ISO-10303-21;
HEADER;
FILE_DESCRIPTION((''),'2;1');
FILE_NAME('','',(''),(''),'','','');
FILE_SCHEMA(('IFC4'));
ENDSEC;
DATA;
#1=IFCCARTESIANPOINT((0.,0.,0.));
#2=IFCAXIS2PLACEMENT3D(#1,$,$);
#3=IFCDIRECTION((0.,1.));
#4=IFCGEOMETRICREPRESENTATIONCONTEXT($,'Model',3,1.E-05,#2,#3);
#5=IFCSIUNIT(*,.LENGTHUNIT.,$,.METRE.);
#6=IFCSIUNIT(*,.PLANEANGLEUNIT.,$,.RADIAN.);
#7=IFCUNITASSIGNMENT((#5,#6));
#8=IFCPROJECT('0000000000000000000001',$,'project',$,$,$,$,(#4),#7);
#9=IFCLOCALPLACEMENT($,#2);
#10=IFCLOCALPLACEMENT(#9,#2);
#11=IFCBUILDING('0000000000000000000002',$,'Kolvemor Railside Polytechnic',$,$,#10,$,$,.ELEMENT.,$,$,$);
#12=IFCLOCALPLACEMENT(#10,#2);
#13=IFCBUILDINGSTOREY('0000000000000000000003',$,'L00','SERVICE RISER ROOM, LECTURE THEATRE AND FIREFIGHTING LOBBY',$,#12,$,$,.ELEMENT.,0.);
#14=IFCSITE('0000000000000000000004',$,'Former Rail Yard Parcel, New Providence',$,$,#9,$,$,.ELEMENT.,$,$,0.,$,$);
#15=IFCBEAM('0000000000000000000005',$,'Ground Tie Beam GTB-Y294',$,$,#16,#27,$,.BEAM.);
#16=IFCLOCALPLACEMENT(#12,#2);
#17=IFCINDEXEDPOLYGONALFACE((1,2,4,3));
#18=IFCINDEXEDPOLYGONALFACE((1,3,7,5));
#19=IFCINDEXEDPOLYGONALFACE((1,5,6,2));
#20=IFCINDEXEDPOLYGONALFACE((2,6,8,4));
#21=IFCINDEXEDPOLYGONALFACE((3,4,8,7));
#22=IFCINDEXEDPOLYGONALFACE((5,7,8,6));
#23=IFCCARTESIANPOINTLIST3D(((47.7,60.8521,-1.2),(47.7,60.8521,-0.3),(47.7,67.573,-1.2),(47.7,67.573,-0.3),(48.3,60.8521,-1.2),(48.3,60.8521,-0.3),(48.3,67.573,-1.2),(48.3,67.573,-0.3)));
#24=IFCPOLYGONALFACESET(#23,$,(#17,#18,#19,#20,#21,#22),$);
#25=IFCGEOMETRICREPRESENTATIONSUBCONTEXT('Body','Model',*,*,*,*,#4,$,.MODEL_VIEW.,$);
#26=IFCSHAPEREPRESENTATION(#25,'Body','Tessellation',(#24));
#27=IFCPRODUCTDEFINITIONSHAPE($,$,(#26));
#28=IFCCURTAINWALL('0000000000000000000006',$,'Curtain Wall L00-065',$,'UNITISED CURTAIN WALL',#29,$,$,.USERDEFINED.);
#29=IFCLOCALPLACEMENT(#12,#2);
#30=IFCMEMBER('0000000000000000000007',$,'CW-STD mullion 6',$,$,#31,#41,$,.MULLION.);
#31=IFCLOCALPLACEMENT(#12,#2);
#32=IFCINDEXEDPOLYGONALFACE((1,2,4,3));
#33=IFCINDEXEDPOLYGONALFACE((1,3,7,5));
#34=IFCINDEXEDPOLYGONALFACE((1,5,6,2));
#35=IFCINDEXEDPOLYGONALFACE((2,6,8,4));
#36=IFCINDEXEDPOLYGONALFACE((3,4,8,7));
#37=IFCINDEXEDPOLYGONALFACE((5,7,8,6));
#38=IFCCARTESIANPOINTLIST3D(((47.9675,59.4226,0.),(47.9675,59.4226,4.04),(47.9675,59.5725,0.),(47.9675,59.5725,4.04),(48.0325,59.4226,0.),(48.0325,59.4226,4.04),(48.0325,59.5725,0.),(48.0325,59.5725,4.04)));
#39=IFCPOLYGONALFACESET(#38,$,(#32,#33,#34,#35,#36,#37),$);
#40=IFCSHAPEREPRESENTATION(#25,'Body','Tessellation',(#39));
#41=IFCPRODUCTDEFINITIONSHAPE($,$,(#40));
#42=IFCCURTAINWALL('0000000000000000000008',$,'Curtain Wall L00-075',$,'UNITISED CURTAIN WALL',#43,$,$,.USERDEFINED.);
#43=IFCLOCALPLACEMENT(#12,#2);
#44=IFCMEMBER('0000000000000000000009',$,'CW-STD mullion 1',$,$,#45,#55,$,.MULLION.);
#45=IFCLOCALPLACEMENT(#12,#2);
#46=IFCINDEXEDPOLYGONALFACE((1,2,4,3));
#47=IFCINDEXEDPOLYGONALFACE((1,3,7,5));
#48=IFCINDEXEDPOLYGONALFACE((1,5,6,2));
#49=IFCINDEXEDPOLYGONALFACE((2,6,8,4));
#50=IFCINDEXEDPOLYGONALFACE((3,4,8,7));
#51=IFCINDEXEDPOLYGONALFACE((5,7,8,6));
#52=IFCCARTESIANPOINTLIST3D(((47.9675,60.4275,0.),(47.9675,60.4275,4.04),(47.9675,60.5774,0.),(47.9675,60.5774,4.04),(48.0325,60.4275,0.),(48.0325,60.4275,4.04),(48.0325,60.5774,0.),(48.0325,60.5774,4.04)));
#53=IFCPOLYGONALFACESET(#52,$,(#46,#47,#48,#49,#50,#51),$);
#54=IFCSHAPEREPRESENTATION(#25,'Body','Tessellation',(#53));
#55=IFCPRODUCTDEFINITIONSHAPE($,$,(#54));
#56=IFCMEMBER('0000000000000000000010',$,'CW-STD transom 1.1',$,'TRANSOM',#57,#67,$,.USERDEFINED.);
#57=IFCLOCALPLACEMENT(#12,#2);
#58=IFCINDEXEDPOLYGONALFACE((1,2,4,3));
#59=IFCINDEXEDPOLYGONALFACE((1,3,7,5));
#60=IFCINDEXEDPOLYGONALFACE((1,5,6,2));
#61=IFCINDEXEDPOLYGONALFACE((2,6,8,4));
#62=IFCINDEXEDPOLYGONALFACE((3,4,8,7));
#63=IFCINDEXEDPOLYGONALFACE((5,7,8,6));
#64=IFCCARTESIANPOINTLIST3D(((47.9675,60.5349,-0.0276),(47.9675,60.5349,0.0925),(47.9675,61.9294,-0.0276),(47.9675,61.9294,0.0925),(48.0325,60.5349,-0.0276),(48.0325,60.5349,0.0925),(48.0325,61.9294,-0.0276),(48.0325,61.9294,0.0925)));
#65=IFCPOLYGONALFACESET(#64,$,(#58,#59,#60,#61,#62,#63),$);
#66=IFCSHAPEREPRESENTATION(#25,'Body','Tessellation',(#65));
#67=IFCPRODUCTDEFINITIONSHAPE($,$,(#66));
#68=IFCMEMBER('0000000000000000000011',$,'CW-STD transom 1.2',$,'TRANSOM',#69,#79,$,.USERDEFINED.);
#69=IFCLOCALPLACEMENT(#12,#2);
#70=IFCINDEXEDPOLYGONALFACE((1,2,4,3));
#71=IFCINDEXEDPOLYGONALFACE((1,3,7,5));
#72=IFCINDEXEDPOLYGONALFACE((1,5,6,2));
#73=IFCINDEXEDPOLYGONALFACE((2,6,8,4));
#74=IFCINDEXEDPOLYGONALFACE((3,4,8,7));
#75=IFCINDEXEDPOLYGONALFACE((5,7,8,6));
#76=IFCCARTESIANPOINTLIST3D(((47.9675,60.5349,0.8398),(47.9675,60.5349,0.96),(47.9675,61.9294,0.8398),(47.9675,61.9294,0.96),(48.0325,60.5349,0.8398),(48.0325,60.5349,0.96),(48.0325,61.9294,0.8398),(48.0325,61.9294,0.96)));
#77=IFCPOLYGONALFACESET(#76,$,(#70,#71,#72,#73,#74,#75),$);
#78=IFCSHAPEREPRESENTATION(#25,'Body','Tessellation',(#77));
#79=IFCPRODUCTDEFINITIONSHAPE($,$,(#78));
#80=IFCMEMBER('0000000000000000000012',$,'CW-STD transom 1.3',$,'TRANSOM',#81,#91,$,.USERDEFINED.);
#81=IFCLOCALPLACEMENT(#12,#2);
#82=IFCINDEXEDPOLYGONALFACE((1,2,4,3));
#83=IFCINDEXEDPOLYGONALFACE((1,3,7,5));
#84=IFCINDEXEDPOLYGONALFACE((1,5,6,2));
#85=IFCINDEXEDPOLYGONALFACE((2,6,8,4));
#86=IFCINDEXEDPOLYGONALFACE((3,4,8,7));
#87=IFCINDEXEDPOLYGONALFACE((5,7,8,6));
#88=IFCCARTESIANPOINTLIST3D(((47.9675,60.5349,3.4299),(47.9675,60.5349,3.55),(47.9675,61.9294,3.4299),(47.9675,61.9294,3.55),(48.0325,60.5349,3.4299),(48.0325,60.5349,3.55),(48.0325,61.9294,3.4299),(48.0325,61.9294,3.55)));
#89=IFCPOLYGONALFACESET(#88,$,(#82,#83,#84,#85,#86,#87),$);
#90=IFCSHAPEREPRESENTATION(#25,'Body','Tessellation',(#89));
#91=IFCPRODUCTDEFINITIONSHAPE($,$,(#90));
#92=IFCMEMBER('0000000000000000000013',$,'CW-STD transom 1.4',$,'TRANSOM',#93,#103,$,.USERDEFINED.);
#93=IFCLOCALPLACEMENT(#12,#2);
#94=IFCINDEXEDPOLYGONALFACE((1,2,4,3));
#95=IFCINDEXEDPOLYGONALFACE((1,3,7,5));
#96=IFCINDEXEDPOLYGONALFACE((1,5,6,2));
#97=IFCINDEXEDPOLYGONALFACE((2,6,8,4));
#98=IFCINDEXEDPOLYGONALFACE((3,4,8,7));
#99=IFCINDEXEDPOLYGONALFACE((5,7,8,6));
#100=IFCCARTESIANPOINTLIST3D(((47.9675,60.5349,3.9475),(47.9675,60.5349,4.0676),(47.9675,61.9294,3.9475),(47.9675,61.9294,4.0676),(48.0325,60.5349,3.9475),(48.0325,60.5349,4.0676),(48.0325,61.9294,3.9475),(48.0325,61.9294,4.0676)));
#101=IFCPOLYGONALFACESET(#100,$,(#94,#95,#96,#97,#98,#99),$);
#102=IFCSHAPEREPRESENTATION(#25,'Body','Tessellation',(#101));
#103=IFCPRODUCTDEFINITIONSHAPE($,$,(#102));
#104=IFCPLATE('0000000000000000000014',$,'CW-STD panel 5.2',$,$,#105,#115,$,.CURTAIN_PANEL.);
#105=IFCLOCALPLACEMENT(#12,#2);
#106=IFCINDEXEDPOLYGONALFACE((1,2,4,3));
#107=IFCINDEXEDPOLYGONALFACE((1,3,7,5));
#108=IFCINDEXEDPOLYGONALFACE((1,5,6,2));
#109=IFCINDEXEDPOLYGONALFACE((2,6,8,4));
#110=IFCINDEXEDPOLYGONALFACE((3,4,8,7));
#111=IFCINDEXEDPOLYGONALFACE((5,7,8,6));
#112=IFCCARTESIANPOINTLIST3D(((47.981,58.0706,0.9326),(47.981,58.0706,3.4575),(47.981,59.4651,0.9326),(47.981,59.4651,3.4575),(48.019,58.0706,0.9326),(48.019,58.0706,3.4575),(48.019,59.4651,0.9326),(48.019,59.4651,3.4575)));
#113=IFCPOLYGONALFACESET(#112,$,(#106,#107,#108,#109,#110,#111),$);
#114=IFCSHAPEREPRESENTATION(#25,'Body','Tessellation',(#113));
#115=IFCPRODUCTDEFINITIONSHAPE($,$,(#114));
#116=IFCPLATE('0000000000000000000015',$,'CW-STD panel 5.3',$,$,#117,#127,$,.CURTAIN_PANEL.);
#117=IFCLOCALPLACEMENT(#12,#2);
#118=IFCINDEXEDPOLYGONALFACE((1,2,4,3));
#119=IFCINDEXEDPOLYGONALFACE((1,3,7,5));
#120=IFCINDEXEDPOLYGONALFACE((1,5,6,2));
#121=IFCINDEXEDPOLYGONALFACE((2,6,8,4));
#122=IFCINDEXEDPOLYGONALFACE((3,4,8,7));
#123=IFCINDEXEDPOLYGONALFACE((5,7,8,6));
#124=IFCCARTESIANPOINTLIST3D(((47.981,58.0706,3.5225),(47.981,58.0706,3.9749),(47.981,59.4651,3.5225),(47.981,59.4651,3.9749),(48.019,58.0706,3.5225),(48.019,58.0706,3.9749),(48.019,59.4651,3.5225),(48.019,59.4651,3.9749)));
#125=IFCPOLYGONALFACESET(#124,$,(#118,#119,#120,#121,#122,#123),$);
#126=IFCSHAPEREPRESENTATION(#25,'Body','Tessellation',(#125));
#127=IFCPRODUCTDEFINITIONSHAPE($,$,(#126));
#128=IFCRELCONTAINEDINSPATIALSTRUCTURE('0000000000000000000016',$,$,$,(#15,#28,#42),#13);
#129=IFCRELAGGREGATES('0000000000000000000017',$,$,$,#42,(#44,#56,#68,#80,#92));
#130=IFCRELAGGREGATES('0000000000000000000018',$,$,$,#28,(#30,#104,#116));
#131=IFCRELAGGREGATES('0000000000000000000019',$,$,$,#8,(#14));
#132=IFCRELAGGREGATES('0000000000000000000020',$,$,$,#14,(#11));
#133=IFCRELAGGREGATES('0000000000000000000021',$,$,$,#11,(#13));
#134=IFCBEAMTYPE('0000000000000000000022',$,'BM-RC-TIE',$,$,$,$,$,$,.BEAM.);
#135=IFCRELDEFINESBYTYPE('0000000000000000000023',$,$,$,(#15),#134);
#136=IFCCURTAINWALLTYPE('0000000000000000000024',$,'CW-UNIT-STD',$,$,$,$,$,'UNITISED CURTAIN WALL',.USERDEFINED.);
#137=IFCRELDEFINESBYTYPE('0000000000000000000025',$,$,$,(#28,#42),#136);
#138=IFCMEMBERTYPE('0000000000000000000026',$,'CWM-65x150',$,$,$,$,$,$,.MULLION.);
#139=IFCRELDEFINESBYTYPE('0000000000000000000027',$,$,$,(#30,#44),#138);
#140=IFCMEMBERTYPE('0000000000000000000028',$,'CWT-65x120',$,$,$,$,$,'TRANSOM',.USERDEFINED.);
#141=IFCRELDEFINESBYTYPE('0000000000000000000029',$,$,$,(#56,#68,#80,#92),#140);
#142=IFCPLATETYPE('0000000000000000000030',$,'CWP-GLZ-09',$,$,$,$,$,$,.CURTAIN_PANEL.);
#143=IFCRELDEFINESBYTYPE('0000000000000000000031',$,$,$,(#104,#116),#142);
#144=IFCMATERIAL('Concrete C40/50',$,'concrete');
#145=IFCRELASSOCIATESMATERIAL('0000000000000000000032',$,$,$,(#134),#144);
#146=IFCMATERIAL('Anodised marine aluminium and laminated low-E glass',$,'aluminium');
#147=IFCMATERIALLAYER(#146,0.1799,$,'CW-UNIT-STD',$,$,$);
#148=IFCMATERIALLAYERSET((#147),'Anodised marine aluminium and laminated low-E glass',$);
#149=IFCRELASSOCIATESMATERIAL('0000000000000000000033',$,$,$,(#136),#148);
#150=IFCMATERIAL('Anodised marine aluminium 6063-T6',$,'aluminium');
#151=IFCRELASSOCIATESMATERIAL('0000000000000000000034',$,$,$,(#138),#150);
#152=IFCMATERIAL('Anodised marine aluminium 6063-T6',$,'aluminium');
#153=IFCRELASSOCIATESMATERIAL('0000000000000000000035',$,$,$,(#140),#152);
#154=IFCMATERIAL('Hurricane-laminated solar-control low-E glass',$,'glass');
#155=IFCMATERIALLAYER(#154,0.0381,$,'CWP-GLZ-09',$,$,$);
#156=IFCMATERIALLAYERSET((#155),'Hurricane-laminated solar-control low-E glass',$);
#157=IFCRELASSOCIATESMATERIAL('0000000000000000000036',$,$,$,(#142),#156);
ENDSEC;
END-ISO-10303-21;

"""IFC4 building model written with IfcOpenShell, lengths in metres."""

from ifc_helpers import new_model, si_unit, direction, frame, origin, origin_2d, place, context, subcontext, project, spatial, rectangle, extrude, material, layer, layer_set, material_profile, profile_set, type_object, element, aggregate, save


model = new_model("IFC4")

# Units and contexts
model_context = context("Model", 3, precision=1e-05, world=origin(), true_north=direction((0.0, 1.0)))
body_context = subcontext(model_context, "Body", "Model", "MODEL_VIEW")
ifc_project = project(units=[si_unit("LENGTHUNIT", "METRE"), si_unit("PLANEANGLEUNIT", "RADIAN")], contexts=[model_context])

# Site, building, storey
site_placement = place(None, origin())
site = spatial("IfcSite", under=ifc_project, at=site_placement, Name="Former Rail Yard Parcel, New Providence", CompositionType="ELEMENT", RefElevation=0.0)
building_placement = place(site_placement, origin())
building = spatial("IfcBuilding", under=site, at=building_placement, Name="Kolvemor Railside Polytechnic", CompositionType="ELEMENT")
storey_placement = place(building_placement, origin())
storey = spatial("IfcBuildingStorey", under=building, at=storey_placement, Name="L00", Description="SERVICE RISER ROOM, LECTURE THEATRE AND FIREFIGHTING LOBBY", CompositionType="ELEMENT", Elevation=0.0)

# Beam
ifc_material_1 = material(Name="Concrete C40/50", Category="concrete")
ifc_material_profile_1 = material_profile(ifc_material_1, rectangle(XDim=0.6001, YDim=0.8999, at=origin_2d()), Name="RC600x900")
ifc_profile_set_1 = profile_set([ifc_material_profile_1], Name="Concrete C40/50")
beam_type_1 = type_object("IfcBeamType", Name="BM-RC-TIE", PredefinedType="BEAM", material=ifc_profile_set_1)
beam_1_placement = place(storey_placement, frame((48.0, 60.8521, -0.75), z_axis=(0.0, 1.0, 0.0), x_axis=(-1.0, 0.0, 0.0)))
element("IfcBeam", 1, at=beam_1_placement, inside=storey, type_object=beam_type_1, Name="Ground Tie Beam GTB-Y294", PredefinedType="BEAM", context=body_context, shape_type="SweptSolid", body=[
    extrude(rectangle(XDim=0.6001, YDim=0.8999, at=origin_2d()), origin(), (0.0, 0.0, 1.0), 6.7209),
])

# Curtain wall, member
ifc_material_2 = material(Name="Anodised marine aluminium and laminated low-E glass", Category="aluminium")
ifc_layer_1 = layer(ifc_material_2, 0.1799, Name="CW-UNIT-STD")
ifc_layer_set_1 = layer_set([ifc_layer_1], Name="Anodised marine aluminium and laminated low-E glass")
curtain_wall_type = type_object("IfcCurtainWallType", Name="CW-UNIT-STD", ElementType="UNITISED CURTAIN WALL", PredefinedType="USERDEFINED", material=ifc_layer_set_1)
curtain_wall_1_placement = place(storey_placement, origin())
curtain_wall_1 = element("IfcCurtainWall", 2, at=curtain_wall_1_placement, inside=storey, type_object=curtain_wall_type, Name="Curtain Wall L00-065", ObjectType="UNITISED CURTAIN WALL", PredefinedType="USERDEFINED")
ifc_material_3 = material(Name="Anodised marine aluminium 6063-T6", Category="aluminium")
ifc_material_profile_2 = material_profile(ifc_material_3, rectangle(XDim=0.0649, YDim=0.1499, at=origin_2d()), Name="CW-MUL-65x150")
ifc_profile_set_2 = profile_set([ifc_material_profile_2], Name="Anodised marine aluminium 6063-T6")
member_type_1 = type_object("IfcMemberType", Name="CWM-65x150", PredefinedType="MULLION", material=ifc_profile_set_2)
member_1_placement = place(storey_placement, frame((48.0, 59.4976, 0.0), z_axis=(0.0, 0.0, 1.0), x_axis=(-1.0, 0.0, 0.0)))
member_1 = element("IfcMember", 3, at=member_1_placement, type_object=member_type_1, Name="CW-STD mullion 6", PredefinedType="MULLION", context=body_context, shape_type="SweptSolid", body=[
    extrude(rectangle(XDim=0.0649, YDim=0.1499, at=origin_2d()), origin(), (0.0, 0.0, 1.0), 4.04),
])

# Curtain wall, members
curtain_wall_2_placement = place(storey_placement, origin())
curtain_wall_2 = element("IfcCurtainWall", 4, at=curtain_wall_2_placement, inside=storey, type_object=curtain_wall_type, Name="Curtain Wall L00-075", ObjectType="UNITISED CURTAIN WALL", PredefinedType="USERDEFINED")
member_2_placement = place(storey_placement, frame((48.0, 60.5024, 0.0), z_axis=(0.0, 0.0, 1.0), x_axis=(-1.0, 0.0, 0.0)))
member_2 = element("IfcMember", 5, at=member_2_placement, type_object=member_type_1, Name="CW-STD mullion 1", PredefinedType="MULLION", context=body_context, shape_type="SweptSolid", body=[
    extrude(rectangle(XDim=0.0649, YDim=0.1499, at=origin_2d()), origin(), (0.0, 0.0, 1.0), 4.04),
])
ifc_material_4 = material(Name="Anodised marine aluminium 6063-T6", Category="aluminium")
ifc_material_profile_3 = material_profile(ifc_material_4, rectangle(XDim=0.0649, YDim=0.1201, at=origin_2d()), Name="CW-TRN-65x120")
ifc_profile_set_3 = profile_set([ifc_material_profile_3], Name="Anodised marine aluminium 6063-T6")
member_type_2 = type_object("IfcMemberType", Name="CWT-65x120", ElementType="TRANSOM", PredefinedType="USERDEFINED", material=ifc_profile_set_3)
member_3_placement = place(storey_placement, frame((48.0, 60.5349, 0.0325), z_axis=(0.0, 1.0, 0.0), x_axis=(-1.0, 0.0, 0.0)))
member_3 = element("IfcMember", 6, at=member_3_placement, type_object=member_type_2, Name="CW-STD transom 1.1", ObjectType="TRANSOM", PredefinedType="USERDEFINED", context=body_context, shape_type="SweptSolid", body=[
    extrude(rectangle(XDim=0.0649, YDim=0.1201, at=origin_2d()), origin(), (0.0, 0.0, 1.0), 1.3945),
])
member_4_placement = place(storey_placement, frame((48.0, 60.5349, 0.8999), z_axis=(0.0, 1.0, 0.0), x_axis=(-1.0, 0.0, 0.0)))
member_4 = element("IfcMember", 7, at=member_4_placement, type_object=member_type_2, Name="CW-STD transom 1.2", ObjectType="TRANSOM", PredefinedType="USERDEFINED", context=body_context, shape_type="SweptSolid", body=[
    extrude(rectangle(XDim=0.0649, YDim=0.1201, at=origin_2d()), origin(), (0.0, 0.0, 1.0), 1.3945),
])
member_5_placement = place(storey_placement, frame((48.0, 60.5349, 3.49), z_axis=(0.0, 1.0, 0.0), x_axis=(-1.0, 0.0, 0.0)))
member_5 = element("IfcMember", 8, at=member_5_placement, type_object=member_type_2, Name="CW-STD transom 1.3", ObjectType="TRANSOM", PredefinedType="USERDEFINED", context=body_context, shape_type="SweptSolid", body=[
    extrude(rectangle(XDim=0.0649, YDim=0.1201, at=origin_2d()), origin(), (0.0, 0.0, 1.0), 1.3945),
])
member_6_placement = place(storey_placement, frame((48.0, 60.5349, 4.0076), z_axis=(0.0, 1.0, 0.0), x_axis=(-1.0, 0.0, 0.0)))
member_6 = element("IfcMember", 9, at=member_6_placement, type_object=member_type_2, Name="CW-STD transom 1.4", ObjectType="TRANSOM", PredefinedType="USERDEFINED", context=body_context, shape_type="SweptSolid", body=[
    extrude(rectangle(XDim=0.0649, YDim=0.1201, at=origin_2d()), origin(), (0.0, 0.0, 1.0), 1.3945),
])
aggregate(curtain_wall_2, [member_2, member_3, member_4, member_5, member_6])

# Plates
ifc_material_5 = material(Name="Hurricane-laminated solar-control low-E glass", Category="glass")
ifc_layer_2 = layer(ifc_material_5, 0.0381, Name="CWP-GLZ-09")
ifc_layer_set_2 = layer_set([ifc_layer_2], Name="Hurricane-laminated solar-control low-E glass")
plate_type = type_object("IfcPlateType", Name="CWP-GLZ-09", PredefinedType="CURTAIN_PANEL", material=ifc_layer_set_2)
plate_1_placement = place(storey_placement, frame((48.0, 58.7678, 0.9326), z_axis=(0.0, 0.0, 1.0), x_axis=(0.0, 1.0, 0.0)))
plate_1 = element("IfcPlate", 10, at=plate_1_placement, type_object=plate_type, Name="CW-STD panel 5.2", PredefinedType="CURTAIN_PANEL", context=body_context, shape_type="SweptSolid", body=[
    extrude(rectangle(XDim=1.3945, YDim=0.0381, at=origin_2d()), origin(), (0.0, 0.0, 1.0), 2.5249),
])
plate_2_placement = place(storey_placement, frame((48.0, 58.7678, 3.5225), z_axis=(0.0, 0.0, 1.0), x_axis=(0.0, 1.0, 0.0)))
plate_2 = element("IfcPlate", 11, at=plate_2_placement, type_object=plate_type, Name="CW-STD panel 5.3", PredefinedType="CURTAIN_PANEL", context=body_context, shape_type="SweptSolid", body=[
    extrude(rectangle(XDim=1.3945, YDim=0.0381, at=origin_2d()), origin(), (0.0, 0.0, 1.0), 0.4524),
])
aggregate(curtain_wall_1, [member_1, plate_1, plate_2])

save(model, "model.ifc")
